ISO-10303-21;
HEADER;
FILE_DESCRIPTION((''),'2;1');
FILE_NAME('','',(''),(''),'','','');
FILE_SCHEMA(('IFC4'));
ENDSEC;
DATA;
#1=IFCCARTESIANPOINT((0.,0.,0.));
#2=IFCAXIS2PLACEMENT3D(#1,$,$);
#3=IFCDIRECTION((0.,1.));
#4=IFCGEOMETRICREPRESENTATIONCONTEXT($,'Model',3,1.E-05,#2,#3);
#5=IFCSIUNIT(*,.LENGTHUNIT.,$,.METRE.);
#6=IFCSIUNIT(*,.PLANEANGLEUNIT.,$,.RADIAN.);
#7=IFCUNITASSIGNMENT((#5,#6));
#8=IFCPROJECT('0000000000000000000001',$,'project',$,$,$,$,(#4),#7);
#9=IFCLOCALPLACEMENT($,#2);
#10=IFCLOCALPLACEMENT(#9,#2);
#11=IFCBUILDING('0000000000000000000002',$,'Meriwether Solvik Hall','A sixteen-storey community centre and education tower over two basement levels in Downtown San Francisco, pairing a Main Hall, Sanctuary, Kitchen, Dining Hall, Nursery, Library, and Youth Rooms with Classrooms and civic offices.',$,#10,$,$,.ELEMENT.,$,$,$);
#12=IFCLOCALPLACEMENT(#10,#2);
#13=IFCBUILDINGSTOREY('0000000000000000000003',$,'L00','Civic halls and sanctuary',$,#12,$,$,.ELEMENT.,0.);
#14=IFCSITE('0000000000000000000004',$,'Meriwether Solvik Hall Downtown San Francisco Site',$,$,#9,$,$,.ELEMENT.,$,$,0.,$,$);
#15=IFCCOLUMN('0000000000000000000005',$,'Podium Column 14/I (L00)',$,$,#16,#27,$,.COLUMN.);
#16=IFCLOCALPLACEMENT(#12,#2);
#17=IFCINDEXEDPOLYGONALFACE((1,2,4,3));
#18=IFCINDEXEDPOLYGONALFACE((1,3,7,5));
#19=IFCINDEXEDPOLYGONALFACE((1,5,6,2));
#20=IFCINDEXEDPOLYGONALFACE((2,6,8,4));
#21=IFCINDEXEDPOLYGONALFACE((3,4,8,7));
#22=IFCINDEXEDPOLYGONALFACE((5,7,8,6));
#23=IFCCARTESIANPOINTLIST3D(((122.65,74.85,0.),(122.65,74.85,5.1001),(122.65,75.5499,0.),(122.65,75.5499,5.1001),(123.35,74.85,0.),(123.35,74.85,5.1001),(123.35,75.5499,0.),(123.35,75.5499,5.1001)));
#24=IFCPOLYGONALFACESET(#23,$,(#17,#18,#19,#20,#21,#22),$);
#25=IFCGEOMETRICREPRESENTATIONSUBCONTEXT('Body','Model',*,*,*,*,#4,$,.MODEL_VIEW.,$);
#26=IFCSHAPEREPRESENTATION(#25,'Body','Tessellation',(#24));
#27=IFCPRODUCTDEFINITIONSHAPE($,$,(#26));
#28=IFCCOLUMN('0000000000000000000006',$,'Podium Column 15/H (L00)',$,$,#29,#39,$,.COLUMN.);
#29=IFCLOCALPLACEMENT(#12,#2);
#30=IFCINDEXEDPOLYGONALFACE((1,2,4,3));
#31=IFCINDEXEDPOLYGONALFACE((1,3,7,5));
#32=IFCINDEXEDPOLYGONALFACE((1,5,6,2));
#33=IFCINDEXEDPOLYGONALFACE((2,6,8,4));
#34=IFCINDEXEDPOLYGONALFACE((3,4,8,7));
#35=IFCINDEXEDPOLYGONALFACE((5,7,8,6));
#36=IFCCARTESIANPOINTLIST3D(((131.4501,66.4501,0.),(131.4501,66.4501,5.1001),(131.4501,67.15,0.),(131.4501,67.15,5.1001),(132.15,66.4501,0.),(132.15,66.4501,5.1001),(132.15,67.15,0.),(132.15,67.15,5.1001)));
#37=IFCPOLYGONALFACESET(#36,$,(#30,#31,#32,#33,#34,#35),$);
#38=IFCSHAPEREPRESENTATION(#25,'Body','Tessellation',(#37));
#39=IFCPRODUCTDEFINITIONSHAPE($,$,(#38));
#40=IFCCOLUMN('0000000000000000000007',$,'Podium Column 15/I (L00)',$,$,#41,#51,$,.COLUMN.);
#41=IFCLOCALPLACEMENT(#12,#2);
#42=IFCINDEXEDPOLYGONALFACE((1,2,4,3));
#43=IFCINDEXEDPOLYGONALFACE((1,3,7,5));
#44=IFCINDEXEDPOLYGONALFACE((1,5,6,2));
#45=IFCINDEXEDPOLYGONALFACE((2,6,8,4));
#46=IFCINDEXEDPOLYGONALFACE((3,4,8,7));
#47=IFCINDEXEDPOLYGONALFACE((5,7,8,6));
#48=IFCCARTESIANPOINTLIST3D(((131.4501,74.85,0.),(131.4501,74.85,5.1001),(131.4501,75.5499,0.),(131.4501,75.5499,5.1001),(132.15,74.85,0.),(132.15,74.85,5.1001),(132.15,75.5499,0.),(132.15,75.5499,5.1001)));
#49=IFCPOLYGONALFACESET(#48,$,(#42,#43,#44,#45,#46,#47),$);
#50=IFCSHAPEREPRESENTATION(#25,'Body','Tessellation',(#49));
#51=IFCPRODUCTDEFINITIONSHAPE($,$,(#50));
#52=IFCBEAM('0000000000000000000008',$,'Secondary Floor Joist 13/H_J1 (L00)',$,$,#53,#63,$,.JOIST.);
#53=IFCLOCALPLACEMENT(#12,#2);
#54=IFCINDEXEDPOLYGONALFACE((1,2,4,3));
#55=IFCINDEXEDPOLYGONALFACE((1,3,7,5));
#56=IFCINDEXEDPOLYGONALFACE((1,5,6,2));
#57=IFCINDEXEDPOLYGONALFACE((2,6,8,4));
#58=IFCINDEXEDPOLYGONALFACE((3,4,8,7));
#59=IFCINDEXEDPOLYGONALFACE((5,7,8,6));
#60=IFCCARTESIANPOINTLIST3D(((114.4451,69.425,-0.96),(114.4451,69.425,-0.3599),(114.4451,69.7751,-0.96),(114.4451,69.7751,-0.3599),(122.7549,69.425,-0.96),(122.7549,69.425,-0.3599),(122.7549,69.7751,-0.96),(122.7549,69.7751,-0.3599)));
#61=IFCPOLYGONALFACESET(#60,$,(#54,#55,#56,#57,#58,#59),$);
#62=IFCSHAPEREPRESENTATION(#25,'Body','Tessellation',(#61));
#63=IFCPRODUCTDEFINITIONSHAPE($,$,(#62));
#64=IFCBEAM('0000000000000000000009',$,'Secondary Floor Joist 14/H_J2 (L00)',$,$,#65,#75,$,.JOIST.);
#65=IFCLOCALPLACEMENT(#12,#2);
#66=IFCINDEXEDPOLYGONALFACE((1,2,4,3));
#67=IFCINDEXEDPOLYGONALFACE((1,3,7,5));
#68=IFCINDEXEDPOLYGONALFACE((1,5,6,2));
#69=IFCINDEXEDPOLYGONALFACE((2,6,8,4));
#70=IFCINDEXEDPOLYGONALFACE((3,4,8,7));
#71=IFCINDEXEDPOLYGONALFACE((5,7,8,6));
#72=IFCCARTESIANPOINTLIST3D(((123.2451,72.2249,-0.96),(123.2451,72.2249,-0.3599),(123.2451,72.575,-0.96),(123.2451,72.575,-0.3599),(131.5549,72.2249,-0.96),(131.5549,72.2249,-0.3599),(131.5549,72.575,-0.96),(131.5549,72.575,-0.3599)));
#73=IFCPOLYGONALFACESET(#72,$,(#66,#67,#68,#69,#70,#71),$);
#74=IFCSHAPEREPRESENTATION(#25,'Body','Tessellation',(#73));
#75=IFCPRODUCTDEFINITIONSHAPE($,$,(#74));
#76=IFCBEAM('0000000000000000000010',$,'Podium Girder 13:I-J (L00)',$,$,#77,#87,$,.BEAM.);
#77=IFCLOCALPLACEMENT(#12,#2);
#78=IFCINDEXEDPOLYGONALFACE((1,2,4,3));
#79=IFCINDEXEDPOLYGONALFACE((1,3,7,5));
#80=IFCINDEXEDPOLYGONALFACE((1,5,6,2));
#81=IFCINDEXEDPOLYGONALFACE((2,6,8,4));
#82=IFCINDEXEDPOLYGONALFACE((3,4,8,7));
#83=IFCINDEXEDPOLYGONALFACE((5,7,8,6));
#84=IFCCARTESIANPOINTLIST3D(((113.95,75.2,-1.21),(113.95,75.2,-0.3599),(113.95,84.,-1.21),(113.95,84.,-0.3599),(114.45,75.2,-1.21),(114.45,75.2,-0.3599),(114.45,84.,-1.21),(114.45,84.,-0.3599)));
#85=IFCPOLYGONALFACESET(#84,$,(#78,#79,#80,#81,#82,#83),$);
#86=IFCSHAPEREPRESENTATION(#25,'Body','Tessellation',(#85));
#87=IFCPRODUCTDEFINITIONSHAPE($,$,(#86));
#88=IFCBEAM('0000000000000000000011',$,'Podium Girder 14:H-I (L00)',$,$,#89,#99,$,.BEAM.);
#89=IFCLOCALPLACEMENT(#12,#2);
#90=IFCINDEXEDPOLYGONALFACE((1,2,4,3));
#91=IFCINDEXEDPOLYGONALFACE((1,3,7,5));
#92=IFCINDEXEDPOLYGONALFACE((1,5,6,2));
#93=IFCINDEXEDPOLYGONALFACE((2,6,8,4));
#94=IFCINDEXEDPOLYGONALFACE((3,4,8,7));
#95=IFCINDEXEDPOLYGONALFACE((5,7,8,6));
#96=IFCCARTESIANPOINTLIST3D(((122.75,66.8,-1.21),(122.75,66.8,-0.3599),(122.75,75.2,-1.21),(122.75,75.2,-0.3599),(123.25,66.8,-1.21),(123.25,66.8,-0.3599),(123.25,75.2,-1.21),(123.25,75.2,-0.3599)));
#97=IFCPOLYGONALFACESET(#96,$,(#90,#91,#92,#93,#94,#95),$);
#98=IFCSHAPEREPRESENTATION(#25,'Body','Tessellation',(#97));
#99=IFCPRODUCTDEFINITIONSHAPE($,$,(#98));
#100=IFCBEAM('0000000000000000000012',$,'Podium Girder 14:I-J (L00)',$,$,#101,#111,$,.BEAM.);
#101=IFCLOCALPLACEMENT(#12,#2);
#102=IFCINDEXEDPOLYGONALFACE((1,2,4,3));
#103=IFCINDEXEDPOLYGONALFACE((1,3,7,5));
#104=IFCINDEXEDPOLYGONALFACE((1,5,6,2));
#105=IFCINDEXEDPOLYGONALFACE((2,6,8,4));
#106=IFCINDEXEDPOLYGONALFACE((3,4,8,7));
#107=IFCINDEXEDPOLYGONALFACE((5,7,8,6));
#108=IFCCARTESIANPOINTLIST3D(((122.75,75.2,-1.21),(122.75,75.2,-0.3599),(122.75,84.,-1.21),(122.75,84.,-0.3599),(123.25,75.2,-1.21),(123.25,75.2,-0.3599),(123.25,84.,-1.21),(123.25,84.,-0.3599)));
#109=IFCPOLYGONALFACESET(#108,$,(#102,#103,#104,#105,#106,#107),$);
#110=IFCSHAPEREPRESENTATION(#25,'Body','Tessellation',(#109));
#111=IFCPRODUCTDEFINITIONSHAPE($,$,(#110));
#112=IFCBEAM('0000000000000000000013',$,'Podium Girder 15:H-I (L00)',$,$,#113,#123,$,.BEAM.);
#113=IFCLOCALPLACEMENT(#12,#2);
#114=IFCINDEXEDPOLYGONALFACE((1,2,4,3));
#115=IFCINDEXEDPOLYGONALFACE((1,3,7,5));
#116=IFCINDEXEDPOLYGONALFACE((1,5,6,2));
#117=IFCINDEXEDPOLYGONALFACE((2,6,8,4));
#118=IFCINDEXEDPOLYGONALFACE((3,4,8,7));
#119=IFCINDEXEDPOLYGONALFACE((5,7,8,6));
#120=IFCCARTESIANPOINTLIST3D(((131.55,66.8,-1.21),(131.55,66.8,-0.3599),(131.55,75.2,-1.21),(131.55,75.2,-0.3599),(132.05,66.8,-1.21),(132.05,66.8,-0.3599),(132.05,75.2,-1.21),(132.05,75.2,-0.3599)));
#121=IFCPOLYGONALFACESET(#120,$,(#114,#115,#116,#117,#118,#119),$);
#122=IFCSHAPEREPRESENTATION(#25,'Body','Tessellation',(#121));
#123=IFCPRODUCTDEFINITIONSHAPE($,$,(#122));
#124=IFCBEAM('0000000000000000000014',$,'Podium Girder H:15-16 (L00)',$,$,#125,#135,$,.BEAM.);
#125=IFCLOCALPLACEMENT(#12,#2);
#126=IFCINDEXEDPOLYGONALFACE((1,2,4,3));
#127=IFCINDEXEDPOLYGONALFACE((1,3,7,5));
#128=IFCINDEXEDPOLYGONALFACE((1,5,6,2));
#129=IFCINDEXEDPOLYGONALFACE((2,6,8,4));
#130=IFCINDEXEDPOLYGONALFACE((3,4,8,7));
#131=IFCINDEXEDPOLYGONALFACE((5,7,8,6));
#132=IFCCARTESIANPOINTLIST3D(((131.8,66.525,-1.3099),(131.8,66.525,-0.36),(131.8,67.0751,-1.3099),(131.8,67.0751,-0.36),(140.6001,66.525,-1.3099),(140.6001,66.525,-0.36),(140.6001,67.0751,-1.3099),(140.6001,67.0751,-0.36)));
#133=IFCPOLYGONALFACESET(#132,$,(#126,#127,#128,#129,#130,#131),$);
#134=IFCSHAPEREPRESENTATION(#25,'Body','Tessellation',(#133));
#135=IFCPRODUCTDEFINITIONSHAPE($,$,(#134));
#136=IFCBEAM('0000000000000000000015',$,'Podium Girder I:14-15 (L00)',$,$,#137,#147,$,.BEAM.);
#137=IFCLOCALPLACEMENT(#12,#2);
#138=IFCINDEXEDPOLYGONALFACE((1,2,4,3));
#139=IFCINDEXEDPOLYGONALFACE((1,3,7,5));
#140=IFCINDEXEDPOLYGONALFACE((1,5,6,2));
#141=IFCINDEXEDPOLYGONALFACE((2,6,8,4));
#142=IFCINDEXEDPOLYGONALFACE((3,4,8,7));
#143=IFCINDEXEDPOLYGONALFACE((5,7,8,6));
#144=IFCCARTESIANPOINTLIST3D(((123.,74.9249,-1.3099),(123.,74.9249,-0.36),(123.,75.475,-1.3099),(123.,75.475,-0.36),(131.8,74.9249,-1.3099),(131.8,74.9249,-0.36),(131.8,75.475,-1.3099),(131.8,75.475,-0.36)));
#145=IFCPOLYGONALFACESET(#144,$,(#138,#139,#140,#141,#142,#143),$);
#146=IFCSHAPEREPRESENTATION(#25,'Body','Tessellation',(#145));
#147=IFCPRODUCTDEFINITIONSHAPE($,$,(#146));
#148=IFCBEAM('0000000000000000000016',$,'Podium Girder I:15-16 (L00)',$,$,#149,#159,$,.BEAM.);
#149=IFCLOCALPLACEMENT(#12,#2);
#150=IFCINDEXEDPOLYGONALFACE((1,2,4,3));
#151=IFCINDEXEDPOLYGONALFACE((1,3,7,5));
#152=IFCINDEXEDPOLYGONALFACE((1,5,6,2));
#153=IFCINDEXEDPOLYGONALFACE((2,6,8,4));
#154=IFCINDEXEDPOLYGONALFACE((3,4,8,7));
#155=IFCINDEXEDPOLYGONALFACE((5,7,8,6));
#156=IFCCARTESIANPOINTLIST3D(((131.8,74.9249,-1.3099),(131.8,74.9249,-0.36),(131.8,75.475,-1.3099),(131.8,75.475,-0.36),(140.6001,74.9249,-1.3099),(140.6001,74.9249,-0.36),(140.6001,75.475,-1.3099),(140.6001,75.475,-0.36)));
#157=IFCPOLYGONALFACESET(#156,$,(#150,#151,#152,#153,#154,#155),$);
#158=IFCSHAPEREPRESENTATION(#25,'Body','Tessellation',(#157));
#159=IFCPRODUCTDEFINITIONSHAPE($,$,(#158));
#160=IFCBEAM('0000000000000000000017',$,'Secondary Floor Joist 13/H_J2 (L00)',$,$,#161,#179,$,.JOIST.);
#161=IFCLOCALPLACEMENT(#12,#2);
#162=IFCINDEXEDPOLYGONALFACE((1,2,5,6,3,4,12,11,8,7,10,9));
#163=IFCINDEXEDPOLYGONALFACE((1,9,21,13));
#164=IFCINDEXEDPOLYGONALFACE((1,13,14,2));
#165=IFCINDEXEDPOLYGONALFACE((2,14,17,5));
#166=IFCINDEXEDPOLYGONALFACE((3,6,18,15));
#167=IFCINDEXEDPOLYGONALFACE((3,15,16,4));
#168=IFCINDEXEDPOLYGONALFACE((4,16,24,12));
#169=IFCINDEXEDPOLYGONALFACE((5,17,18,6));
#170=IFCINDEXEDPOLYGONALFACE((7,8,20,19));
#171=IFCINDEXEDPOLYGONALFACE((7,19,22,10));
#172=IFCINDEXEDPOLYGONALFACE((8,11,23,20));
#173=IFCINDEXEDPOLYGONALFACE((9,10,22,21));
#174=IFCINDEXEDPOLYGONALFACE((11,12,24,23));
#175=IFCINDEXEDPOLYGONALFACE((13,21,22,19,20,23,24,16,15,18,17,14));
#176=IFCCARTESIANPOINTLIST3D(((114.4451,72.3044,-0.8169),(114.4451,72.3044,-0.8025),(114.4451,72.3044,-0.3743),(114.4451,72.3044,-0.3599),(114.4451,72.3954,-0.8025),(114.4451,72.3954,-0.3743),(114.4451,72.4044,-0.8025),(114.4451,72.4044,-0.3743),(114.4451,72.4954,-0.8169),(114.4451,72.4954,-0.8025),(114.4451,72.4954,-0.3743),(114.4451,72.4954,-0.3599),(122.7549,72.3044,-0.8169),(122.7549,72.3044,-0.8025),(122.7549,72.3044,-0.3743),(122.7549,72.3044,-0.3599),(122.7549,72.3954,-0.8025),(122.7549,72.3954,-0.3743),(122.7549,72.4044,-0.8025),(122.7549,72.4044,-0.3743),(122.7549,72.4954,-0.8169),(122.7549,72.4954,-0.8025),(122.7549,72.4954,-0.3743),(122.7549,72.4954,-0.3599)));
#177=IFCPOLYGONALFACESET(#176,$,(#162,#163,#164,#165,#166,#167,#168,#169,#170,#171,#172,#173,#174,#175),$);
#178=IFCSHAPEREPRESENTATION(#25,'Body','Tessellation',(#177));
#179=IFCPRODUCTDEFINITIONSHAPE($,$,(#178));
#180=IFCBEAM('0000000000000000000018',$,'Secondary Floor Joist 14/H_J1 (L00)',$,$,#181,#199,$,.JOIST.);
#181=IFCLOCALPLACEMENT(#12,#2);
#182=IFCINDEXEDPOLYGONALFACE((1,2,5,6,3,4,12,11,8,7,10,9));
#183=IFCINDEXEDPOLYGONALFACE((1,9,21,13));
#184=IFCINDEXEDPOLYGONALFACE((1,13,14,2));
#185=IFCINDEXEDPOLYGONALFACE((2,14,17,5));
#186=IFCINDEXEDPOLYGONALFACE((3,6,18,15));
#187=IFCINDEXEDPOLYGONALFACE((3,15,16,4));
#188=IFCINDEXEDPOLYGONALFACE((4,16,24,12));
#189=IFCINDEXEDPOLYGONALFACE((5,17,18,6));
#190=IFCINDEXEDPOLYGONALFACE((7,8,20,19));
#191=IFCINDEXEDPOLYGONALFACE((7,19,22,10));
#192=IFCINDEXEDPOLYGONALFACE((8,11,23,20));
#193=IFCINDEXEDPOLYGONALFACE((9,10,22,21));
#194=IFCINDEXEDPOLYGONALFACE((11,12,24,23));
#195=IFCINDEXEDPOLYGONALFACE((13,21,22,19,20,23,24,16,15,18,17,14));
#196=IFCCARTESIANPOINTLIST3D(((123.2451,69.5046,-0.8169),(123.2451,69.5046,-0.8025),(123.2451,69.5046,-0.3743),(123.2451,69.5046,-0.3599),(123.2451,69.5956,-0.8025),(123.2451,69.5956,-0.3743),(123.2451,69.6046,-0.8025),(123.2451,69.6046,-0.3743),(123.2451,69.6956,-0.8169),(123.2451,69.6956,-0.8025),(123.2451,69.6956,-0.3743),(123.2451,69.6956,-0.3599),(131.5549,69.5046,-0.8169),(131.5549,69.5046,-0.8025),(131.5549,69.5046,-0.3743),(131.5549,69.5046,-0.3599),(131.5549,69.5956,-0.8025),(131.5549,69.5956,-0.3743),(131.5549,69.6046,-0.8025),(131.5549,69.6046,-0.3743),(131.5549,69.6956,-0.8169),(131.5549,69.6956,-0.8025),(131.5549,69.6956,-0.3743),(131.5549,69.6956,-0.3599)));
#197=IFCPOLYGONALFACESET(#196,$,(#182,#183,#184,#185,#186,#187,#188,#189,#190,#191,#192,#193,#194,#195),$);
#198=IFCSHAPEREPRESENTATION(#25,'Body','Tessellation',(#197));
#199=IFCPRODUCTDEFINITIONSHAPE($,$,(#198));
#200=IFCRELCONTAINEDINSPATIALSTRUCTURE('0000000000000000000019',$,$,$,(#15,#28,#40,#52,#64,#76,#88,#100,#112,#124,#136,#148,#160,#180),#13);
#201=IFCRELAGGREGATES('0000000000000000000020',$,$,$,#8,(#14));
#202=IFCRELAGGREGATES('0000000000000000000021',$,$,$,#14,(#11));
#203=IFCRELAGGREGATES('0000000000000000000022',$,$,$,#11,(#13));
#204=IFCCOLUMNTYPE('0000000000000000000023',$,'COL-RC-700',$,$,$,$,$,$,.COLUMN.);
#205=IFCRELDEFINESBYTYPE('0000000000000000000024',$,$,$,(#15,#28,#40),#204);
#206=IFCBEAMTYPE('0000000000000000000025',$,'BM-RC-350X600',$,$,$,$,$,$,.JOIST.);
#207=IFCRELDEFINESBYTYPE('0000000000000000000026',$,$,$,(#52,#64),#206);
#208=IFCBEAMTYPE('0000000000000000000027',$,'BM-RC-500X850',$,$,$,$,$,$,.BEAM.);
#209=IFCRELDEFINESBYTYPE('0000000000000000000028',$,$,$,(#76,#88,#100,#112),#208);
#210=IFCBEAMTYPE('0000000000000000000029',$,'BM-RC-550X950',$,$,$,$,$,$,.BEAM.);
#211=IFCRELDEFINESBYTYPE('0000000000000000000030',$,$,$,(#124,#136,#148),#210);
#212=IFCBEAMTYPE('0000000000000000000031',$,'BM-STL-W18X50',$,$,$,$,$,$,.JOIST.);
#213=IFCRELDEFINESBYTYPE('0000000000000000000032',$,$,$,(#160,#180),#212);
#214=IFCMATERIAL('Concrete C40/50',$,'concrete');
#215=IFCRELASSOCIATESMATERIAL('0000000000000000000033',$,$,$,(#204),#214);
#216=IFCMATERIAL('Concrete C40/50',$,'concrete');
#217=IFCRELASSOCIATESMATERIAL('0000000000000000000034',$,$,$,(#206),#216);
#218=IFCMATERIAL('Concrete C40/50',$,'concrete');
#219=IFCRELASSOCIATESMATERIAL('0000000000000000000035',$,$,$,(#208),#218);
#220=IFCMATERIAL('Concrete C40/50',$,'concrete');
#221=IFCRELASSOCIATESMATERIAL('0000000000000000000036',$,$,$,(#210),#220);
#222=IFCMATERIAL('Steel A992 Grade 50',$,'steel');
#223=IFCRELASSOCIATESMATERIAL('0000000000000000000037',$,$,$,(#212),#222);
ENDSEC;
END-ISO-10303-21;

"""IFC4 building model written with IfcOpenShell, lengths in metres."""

from ifc_helpers import new_model, si_unit, direction, frame, origin, origin_2d, place, context, subcontext, project, spatial, rectangle, i_section, extrude, material, material_profile, profile_set, type_object, element, save


model = new_model("IFC4")

# Units and contexts
model_context = context("Model", 3, precision=1e-05, world=origin(), true_north=direction((0.0, 1.0)))
body_context = subcontext(model_context, "Body", "Model", "MODEL_VIEW")
ifc_project = project(units=[si_unit("LENGTHUNIT", "METRE"), si_unit("PLANEANGLEUNIT", "RADIAN")], contexts=[model_context])

# Site, building, storey
site_placement = place(None, origin())
site = spatial("IfcSite", under=ifc_project, at=site_placement, Name="Meriwether Solvik Hall Downtown San Francisco Site", CompositionType="ELEMENT", RefElevation=0.0)
building_placement = place(site_placement, origin())
building = spatial("IfcBuilding", under=site, at=building_placement, Name="Meriwether Solvik Hall", Description="A sixteen-storey community centre and education tower over two basement levels in Downtown San Francisco, pairing a Main Hall, Sanctuary, Kitchen, Dining Hall, Nursery, Library, and Youth Rooms with Classrooms and civic offices.", CompositionType="ELEMENT")
storey_placement = place(building_placement, origin())
storey = spatial("IfcBuildingStorey", under=building, at=storey_placement, Name="L00", Description="Civic halls and sanctuary", CompositionType="ELEMENT", Elevation=0.0)

# Columns
ifc_material_1 = material(Name="Concrete C40/50", Category="concrete")
ifc_material_profile_1 = material_profile(ifc_material_1, rectangle(XDim=0.7, YDim=0.7, at=origin_2d()), Name="RCC-700X700")
ifc_profile_set_1 = profile_set([ifc_material_profile_1], Name="Concrete C40/50")
column_type = type_object("IfcColumnType", Name="COL-RC-700", PredefinedType="COLUMN", material=ifc_profile_set_1)
for number, where, z_axis, x_axis, name in (
    (1, (123.0, 75.2, 0.0), (0.0, 0.0, 1.0), (1.0, 0.0, 0.0), "Podium Column 14/I (L00)"),
    (2, (131.8, 66.8, 0.0), (0.0, 0.0, 1.0), (1.0, 0.0, 0.0), "Podium Column 15/H (L00)"),
    (3, (131.8, 75.2, 0.0), (0.0, 0.0, 1.0), (1.0, 0.0, 0.0), "Podium Column 15/I (L00)"),
):
    element("IfcColumn", number, at=place(storey_placement, frame(where, z_axis=z_axis, x_axis=x_axis)), inside=storey, type_object=column_type, Name=name, PredefinedType="COLUMN", context=body_context, shape_type="SweptSolid", body=[
        extrude(rectangle(XDim=0.7, YDim=0.7, at=origin_2d()), origin(), (0.0, 0.0, 1.0), 5.1001),
    ])

# Beams
ifc_material_2 = material(Name="Concrete C40/50", Category="concrete")
ifc_material_profile_2 = material_profile(ifc_material_2, rectangle(XDim=0.3501, YDim=0.6001, at=origin_2d()), Name="RCB-350X600")
ifc_profile_set_2 = profile_set([ifc_material_profile_2], Name="Concrete C40/50")
beam_type_1 = type_object("IfcBeamType", Name="BM-RC-350X600", PredefinedType="JOIST", material=ifc_profile_set_2)
for number, where, z_axis, x_axis, name in (
    (4, (114.4451, 69.6001, -0.6599), (1.0, 0.0, 0.0), (0.0, 1.0, 0.0), "Secondary Floor Joist 13/H_J1 (L00)"),
    (5, (123.2451, 72.3999, -0.6599), (1.0, 0.0, 0.0), (0.0, 1.0, 0.0), "Secondary Floor Joist 14/H_J2 (L00)"),
):
    element("IfcBeam", number, at=place(storey_placement, frame(where, z_axis=z_axis, x_axis=x_axis)), inside=storey, type_object=beam_type_1, Name=name, PredefinedType="JOIST", context=body_context, shape_type="SweptSolid", body=[
        extrude(rectangle(XDim=0.3501, YDim=0.6001, at=origin_2d()), origin(), (0.0, 0.0, 1.0), 8.3098),
    ])
ifc_material_3 = material(Name="Concrete C40/50", Category="concrete")
ifc_material_profile_3 = material_profile(ifc_material_3, rectangle(XDim=0.5, YDim=0.8501, at=origin_2d()), Name="RCB-500X850")
ifc_profile_set_3 = profile_set([ifc_material_profile_3], Name="Concrete C40/50")
beam_type_2 = type_object("IfcBeamType", Name="BM-RC-500X850", PredefinedType="BEAM", material=ifc_profile_set_3)
beam_1_placement = place(storey_placement, frame((114.2, 75.2, -0.7849), z_axis=(0.0, 1.0, 0.0), x_axis=(-1.0, 0.0, 0.0)))
element("IfcBeam", 6, at=beam_1_placement, inside=storey, type_object=beam_type_2, Name="Podium Girder 13:I-J (L00)", PredefinedType="BEAM", context=body_context, shape_type="SweptSolid", body=[
    extrude(rectangle(XDim=0.5, YDim=0.8501, at=origin_2d()), origin(), (0.0, 0.0, 1.0), 8.8),
])
beam_2_placement = place(storey_placement, frame((123.0, 66.8, -0.7849), z_axis=(0.0, 1.0, 0.0), x_axis=(-1.0, 0.0, 0.0)))
element("IfcBeam", 7, at=beam_2_placement, inside=storey, type_object=beam_type_2, Name="Podium Girder 14:H-I (L00)", PredefinedType="BEAM", context=body_context, shape_type="SweptSolid", body=[
    extrude(rectangle(XDim=0.5, YDim=0.8501, at=origin_2d()), origin(), (0.0, 0.0, 1.0), 8.3999),
])
beam_3_placement = place(storey_placement, frame((123.0, 75.2, -0.7849), z_axis=(0.0, 1.0, 0.0), x_axis=(-1.0, 0.0, 0.0)))
element("IfcBeam", 8, at=beam_3_placement, inside=storey, type_object=beam_type_2, Name="Podium Girder 14:I-J (L00)", PredefinedType="BEAM", context=body_context, shape_type="SweptSolid", body=[
    extrude(rectangle(XDim=0.5, YDim=0.8501, at=origin_2d()), origin(), (0.0, 0.0, 1.0), 8.8),
])
beam_4_placement = place(storey_placement, frame((131.8, 66.8, -0.7849), z_axis=(0.0, 1.0, 0.0), x_axis=(-1.0, 0.0, 0.0)))
element("IfcBeam", 9, at=beam_4_placement, inside=storey, type_object=beam_type_2, Name="Podium Girder 15:H-I (L00)", PredefinedType="BEAM", context=body_context, shape_type="SweptSolid", body=[
    extrude(rectangle(XDim=0.5, YDim=0.8501, at=origin_2d()), origin(), (0.0, 0.0, 1.0), 8.3999),
])
ifc_material_4 = material(Name="Concrete C40/50", Category="concrete")
ifc_material_profile_4 = material_profile(ifc_material_4, rectangle(XDim=0.55, YDim=0.95, at=origin_2d()), Name="RCB-550X950")
ifc_profile_set_4 = profile_set([ifc_material_profile_4], Name="Concrete C40/50")
beam_type_3 = type_object("IfcBeamType", Name="BM-RC-550X950", PredefinedType="BEAM", material=ifc_profile_set_4)
for number, where, z_axis, x_axis, name in (
    (10, (131.8, 66.8, -0.835), (1.0, 0.0, 0.0), (0.0, 1.0, 0.0), "Podium Girder H:15-16 (L00)"),
    (11, (123.0, 75.2, -0.835), (1.0, 0.0, 0.0), (0.0, 1.0, 0.0), "Podium Girder I:14-15 (L00)"),
    (12, (131.8, 75.2, -0.835), (1.0, 0.0, 0.0), (0.0, 1.0, 0.0), "Podium Girder I:15-16 (L00)"),
):
    element("IfcBeam", number, at=place(storey_placement, frame(where, z_axis=z_axis, x_axis=x_axis)), inside=storey, type_object=beam_type_3, Name=name, PredefinedType="BEAM", context=body_context, shape_type="SweptSolid", body=[
        extrude(rectangle(XDim=0.55, YDim=0.95, at=origin_2d()), origin(), (0.0, 0.0, 1.0), 8.8),
    ])
ifc_material_5 = material(Name="Steel A992 Grade 50", Category="steel")
ifc_material_profile_5 = material_profile(ifc_material_5, i_section(OverallWidth=0.1909, OverallDepth=0.457, WebThickness=0.009, FlangeThickness=0.0144, at=origin_2d()), Name="W18X50")
ifc_profile_set_5 = profile_set([ifc_material_profile_5], Name="Steel A992 Grade 50")
beam_type_4 = type_object("IfcBeamType", Name="BM-STL-W18X50", PredefinedType="JOIST", material=ifc_profile_set_5)
for number, where, z_axis, x_axis, name in (
    (13, (114.4451, 72.3999, -0.5884), (1.0, 0.0, 0.0), (0.0, 1.0, 0.0), "Secondary Floor Joist 13/H_J2 (L00)"),
    (14, (123.2451, 69.6001, -0.5884), (1.0, 0.0, 0.0), (0.0, 1.0, 0.0), "Secondary Floor Joist 14/H_J1 (L00)"),
):
    element("IfcBeam", number, at=place(storey_placement, frame(where, z_axis=z_axis, x_axis=x_axis)), inside=storey, type_object=beam_type_4, Name=name, PredefinedType="JOIST", context=body_context, shape_type="SweptSolid", body=[
        extrude(i_section(OverallWidth=0.1909, OverallDepth=0.457, WebThickness=0.009, FlangeThickness=0.0144, at=origin_2d()), origin(), (0.0, 0.0, 1.0), 8.3098),
    ])

save(model, "model.ifc")
